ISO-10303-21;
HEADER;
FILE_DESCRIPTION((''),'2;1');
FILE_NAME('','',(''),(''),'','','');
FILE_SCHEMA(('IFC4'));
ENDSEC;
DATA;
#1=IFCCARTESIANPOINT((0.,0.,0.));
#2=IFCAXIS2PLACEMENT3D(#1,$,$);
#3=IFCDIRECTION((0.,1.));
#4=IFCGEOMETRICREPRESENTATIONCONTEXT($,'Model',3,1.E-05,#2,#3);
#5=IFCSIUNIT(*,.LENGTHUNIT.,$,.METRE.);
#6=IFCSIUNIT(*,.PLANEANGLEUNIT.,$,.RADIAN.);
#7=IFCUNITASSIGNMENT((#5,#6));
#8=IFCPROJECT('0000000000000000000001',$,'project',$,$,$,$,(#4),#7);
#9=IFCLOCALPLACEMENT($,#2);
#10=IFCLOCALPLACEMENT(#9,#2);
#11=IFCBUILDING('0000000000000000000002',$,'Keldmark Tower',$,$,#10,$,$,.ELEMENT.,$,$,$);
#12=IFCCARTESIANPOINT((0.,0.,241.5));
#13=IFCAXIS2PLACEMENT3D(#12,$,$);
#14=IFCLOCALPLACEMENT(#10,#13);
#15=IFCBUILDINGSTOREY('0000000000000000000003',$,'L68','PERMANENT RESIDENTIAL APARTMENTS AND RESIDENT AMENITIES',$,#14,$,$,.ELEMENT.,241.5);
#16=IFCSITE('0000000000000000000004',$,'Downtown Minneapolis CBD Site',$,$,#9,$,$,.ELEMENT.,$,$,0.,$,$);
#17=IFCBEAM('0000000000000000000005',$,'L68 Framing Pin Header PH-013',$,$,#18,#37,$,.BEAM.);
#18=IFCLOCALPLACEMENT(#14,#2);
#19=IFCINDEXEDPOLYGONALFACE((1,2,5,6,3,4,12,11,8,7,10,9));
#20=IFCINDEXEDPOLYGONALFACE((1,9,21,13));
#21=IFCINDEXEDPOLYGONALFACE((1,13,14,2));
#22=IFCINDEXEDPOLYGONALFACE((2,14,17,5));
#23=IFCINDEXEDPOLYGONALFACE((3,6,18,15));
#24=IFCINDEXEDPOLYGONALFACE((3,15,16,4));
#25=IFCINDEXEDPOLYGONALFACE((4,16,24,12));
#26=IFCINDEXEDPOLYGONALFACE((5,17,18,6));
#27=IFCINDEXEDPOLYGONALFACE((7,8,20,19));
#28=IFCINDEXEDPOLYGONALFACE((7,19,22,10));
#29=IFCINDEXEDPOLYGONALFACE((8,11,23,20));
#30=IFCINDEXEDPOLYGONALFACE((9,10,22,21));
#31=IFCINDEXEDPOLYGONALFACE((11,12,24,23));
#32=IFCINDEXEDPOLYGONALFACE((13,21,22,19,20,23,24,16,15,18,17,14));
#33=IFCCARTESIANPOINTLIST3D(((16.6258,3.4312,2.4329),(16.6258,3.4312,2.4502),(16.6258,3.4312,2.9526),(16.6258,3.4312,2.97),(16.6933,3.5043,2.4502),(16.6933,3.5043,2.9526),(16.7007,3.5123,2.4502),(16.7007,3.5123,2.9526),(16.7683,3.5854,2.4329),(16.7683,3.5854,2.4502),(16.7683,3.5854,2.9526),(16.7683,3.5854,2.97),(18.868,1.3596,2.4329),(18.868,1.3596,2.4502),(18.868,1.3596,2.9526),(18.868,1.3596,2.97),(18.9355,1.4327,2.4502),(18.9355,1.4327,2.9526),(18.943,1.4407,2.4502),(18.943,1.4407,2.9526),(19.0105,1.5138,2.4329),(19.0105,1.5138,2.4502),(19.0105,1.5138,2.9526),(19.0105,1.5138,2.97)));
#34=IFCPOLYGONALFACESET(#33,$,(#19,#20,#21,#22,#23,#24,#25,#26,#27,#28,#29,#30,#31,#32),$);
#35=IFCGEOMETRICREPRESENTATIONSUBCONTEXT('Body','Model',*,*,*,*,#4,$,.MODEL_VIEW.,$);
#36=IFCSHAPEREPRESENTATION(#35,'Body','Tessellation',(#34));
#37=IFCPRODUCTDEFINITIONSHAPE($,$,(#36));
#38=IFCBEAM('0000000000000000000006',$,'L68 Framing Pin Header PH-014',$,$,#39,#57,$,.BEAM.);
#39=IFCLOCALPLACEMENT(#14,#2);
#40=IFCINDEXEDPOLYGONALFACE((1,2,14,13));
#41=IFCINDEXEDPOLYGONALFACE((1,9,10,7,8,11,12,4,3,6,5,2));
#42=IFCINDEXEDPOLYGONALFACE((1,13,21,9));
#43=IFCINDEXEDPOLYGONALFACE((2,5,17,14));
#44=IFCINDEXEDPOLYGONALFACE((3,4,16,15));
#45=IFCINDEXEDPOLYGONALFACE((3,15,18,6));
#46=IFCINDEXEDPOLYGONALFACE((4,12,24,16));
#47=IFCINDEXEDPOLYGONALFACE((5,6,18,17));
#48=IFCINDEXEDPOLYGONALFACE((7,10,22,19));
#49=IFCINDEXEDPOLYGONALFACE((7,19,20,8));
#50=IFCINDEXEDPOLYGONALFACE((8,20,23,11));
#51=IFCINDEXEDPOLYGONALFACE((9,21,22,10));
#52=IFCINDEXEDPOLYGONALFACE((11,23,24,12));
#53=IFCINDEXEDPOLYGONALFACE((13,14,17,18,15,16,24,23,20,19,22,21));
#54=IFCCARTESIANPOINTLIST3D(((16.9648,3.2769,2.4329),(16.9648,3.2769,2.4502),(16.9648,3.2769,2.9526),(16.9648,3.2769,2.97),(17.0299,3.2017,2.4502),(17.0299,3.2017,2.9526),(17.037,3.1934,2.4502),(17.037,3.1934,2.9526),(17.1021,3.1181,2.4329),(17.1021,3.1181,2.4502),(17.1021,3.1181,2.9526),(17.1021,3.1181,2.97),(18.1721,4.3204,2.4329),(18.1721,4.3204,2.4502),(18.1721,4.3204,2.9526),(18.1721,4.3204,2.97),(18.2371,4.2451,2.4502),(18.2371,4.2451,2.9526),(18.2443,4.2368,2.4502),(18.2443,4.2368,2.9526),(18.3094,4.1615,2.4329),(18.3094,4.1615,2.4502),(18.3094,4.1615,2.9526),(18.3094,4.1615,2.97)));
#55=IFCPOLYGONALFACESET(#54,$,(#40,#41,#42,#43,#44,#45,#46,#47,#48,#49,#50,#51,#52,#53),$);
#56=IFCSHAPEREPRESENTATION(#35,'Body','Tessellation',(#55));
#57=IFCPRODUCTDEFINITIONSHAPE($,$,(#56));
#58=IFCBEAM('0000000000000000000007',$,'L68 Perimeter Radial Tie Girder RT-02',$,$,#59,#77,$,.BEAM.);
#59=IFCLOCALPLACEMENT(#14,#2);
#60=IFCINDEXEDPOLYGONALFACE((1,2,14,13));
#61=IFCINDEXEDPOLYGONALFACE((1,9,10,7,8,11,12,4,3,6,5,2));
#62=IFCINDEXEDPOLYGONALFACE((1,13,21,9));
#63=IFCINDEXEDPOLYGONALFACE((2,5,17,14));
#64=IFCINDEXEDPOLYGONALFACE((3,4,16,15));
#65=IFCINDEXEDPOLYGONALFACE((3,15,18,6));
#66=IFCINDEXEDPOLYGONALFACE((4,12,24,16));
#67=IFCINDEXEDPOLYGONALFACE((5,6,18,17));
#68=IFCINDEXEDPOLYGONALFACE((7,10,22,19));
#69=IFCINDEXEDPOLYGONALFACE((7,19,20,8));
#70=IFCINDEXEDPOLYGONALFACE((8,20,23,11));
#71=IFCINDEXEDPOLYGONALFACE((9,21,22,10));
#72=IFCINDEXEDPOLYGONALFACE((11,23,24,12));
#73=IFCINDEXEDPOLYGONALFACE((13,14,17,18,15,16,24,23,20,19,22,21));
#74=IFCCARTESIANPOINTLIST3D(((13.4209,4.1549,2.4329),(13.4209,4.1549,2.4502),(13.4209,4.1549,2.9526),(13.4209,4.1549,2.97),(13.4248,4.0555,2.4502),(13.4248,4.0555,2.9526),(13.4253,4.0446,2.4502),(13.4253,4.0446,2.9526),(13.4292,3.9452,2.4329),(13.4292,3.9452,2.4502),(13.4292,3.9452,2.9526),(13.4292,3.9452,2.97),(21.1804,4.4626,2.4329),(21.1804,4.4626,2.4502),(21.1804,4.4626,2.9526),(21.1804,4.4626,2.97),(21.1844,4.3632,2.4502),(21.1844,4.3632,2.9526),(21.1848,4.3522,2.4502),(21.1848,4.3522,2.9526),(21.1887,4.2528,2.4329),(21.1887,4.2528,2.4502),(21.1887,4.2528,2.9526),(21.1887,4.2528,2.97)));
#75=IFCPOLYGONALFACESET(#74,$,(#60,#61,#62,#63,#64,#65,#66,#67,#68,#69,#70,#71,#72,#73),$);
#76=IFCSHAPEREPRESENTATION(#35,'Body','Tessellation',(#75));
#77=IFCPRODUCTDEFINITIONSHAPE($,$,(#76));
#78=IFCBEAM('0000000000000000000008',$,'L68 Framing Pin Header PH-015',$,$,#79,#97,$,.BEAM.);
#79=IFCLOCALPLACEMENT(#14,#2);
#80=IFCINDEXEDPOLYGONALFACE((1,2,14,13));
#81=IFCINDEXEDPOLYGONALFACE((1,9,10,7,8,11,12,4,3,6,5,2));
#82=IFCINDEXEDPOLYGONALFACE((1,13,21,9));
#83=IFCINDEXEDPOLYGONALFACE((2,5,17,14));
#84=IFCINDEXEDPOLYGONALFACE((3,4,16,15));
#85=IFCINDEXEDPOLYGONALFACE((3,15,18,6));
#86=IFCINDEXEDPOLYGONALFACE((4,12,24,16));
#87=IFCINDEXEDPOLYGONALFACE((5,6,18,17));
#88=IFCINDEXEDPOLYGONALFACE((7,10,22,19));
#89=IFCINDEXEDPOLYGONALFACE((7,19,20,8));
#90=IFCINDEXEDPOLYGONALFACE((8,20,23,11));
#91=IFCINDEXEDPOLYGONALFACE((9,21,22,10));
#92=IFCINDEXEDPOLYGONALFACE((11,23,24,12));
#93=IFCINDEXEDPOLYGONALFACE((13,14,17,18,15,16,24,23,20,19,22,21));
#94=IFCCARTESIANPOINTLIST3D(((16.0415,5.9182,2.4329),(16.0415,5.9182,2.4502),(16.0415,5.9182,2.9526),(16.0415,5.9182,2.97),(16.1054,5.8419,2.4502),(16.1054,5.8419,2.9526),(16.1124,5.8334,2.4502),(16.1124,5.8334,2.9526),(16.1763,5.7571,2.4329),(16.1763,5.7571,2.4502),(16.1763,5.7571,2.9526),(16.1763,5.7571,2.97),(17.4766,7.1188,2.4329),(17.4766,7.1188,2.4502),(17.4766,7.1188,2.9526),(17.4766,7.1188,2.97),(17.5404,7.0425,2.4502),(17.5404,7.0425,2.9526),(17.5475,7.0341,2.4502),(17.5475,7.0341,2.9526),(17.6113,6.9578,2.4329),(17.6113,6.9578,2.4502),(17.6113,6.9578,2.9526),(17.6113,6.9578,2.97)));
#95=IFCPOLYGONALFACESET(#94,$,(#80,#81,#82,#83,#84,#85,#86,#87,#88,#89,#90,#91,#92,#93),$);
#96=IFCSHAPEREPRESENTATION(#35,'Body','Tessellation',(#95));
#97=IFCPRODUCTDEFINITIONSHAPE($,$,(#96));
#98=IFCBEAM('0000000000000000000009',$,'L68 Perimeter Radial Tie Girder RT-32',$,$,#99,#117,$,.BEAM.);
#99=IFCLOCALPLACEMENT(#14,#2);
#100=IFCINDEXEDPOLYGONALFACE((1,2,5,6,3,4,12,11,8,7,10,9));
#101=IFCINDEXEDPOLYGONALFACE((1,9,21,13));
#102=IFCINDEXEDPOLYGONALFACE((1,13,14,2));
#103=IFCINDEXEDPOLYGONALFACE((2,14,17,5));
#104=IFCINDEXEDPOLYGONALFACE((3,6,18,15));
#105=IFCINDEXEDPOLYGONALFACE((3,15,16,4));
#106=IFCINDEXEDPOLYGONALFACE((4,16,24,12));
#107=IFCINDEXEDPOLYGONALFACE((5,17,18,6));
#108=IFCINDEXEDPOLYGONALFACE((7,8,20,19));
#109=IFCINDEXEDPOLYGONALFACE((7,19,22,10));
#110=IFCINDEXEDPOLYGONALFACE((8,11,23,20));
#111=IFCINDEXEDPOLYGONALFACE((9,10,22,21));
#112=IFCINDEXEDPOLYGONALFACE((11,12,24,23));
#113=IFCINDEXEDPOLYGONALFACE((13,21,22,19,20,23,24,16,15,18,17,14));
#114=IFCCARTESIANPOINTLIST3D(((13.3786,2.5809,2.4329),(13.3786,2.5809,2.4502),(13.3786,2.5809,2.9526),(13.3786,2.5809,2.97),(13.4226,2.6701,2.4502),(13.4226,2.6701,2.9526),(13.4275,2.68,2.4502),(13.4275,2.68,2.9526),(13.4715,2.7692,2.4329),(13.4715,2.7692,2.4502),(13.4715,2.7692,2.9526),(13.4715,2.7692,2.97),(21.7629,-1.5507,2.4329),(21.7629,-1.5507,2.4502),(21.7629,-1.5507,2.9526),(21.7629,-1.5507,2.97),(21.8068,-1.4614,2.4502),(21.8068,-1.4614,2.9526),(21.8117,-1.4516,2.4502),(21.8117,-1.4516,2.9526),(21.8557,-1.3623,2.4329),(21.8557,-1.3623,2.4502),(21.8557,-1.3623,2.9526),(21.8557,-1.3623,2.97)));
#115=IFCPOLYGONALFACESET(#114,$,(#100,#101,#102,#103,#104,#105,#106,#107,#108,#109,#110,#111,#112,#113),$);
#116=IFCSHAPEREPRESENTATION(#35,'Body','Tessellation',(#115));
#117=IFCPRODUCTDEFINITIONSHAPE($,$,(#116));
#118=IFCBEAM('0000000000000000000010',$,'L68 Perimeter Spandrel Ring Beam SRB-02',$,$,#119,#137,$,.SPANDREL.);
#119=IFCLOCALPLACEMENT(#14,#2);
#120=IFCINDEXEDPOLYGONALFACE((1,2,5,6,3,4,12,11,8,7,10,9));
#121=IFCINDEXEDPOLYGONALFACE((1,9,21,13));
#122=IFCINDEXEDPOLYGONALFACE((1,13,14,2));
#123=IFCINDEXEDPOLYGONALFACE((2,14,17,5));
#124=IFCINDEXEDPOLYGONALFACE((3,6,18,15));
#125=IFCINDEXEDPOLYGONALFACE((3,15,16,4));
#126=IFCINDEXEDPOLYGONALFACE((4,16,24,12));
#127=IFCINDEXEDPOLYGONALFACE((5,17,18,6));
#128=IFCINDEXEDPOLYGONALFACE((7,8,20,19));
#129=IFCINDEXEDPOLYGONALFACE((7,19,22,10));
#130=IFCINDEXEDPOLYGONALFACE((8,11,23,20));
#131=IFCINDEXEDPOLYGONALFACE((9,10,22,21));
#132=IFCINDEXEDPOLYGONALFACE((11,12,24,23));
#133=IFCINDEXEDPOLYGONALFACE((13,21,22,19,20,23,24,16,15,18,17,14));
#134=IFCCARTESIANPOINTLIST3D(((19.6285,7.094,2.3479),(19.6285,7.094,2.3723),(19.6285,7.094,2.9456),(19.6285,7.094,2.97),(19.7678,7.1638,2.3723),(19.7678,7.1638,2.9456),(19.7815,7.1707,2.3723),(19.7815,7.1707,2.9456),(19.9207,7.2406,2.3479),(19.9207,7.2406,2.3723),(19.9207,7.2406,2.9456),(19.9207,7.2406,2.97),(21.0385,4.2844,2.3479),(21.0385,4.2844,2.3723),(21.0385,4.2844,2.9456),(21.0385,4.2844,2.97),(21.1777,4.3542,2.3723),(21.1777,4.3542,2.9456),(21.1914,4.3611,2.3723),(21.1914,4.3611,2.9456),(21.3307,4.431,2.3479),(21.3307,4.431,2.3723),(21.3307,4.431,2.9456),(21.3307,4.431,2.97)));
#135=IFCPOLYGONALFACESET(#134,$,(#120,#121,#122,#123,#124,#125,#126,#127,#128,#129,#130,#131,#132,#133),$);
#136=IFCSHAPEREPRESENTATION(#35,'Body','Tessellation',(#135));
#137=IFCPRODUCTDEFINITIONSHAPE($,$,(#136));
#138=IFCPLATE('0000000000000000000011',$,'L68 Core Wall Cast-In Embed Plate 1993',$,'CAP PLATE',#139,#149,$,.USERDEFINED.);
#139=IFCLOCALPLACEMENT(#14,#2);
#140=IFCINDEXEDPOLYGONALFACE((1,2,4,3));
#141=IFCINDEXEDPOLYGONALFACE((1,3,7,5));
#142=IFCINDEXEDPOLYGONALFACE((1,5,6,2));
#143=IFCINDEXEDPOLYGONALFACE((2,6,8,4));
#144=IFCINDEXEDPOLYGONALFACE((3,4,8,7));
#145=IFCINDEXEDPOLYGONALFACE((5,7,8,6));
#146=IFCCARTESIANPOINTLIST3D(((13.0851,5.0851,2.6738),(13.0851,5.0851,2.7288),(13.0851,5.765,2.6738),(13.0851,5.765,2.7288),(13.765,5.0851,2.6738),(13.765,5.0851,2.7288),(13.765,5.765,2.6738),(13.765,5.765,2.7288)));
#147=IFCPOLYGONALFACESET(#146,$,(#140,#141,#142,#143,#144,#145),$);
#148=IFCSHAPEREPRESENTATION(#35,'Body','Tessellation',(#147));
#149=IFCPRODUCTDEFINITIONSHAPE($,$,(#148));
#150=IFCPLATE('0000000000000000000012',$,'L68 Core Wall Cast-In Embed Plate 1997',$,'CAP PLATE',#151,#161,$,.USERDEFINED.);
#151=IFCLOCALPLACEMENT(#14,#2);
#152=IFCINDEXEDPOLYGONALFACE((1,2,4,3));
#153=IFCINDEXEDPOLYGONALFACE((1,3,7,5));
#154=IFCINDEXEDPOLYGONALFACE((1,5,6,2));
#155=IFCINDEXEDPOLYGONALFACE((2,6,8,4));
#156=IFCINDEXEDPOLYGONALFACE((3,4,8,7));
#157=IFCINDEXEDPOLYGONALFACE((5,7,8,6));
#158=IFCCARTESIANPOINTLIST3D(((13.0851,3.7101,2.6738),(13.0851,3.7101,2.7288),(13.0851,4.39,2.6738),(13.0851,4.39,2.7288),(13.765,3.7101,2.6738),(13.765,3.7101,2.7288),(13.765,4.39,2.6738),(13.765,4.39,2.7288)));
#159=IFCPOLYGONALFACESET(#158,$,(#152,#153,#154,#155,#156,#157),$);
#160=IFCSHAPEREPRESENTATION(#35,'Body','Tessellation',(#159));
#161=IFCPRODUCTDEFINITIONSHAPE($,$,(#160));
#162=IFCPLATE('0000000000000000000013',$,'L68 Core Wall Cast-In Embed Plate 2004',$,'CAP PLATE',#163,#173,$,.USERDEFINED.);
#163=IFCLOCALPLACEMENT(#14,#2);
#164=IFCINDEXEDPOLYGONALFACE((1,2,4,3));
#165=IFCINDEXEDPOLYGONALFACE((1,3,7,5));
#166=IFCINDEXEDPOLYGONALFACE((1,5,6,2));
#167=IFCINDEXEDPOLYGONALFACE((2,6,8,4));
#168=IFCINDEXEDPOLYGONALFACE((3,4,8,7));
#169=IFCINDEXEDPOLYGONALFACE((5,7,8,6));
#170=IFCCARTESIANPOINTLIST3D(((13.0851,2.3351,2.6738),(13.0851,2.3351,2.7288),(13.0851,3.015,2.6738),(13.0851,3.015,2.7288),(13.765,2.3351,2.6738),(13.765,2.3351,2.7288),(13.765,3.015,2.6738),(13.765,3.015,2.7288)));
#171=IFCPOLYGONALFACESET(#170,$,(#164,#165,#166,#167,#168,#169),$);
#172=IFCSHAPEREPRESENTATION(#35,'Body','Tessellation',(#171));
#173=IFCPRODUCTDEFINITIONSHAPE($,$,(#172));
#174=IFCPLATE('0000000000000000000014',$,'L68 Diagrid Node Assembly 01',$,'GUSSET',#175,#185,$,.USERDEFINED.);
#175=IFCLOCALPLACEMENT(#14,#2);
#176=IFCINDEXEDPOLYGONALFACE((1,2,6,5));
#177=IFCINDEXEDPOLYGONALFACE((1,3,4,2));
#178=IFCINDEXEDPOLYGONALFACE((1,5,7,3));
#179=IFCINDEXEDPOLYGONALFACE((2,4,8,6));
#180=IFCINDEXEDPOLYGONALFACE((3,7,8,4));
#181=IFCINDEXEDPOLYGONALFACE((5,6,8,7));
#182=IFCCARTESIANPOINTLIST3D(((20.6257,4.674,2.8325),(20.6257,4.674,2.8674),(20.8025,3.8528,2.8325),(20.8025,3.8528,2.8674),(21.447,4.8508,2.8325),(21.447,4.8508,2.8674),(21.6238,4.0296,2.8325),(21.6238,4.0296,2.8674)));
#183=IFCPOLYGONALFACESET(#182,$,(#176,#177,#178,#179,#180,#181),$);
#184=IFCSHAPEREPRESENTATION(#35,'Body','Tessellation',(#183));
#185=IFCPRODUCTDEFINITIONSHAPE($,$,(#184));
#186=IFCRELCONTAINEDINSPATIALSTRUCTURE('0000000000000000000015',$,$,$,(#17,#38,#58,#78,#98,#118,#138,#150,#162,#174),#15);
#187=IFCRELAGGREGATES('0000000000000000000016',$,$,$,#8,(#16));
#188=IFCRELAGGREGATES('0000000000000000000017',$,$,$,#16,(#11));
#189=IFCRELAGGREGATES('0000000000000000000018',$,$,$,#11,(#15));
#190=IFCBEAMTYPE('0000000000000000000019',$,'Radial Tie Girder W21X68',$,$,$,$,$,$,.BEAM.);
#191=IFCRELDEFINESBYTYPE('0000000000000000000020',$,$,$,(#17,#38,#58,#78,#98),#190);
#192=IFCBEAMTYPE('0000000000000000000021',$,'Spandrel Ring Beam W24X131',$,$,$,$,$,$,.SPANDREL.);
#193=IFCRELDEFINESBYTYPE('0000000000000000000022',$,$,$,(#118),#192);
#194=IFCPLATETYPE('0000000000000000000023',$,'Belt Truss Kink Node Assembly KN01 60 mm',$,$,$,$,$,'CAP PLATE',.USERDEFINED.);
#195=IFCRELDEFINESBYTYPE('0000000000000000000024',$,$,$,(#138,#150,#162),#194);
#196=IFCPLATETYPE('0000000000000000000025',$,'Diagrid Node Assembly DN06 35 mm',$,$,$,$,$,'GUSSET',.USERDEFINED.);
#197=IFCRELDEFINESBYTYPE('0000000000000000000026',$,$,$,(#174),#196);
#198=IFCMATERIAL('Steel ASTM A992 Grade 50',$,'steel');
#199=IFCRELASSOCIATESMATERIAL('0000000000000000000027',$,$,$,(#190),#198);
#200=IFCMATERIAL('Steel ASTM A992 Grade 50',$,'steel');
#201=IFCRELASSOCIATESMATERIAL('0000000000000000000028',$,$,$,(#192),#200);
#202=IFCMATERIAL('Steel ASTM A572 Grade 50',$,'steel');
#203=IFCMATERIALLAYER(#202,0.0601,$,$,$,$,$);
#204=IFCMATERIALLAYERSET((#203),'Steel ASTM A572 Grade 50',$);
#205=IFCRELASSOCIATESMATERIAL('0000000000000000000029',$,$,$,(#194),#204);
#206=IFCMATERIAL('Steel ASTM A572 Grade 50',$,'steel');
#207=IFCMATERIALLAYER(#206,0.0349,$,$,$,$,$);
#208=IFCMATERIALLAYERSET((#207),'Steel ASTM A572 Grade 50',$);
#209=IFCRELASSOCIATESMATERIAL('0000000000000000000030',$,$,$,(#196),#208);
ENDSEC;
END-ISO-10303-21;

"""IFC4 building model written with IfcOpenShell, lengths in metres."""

from ifc_helpers import new_model, si_unit, direction, frame, origin, origin_2d, place, context, subcontext, project, spatial, rectangle, i_section, extrude, material, layer, layer_set, material_profile, profile_set, type_object, element, save


model = new_model("IFC4")

# Units and contexts
model_context = context("Model", 3, precision=1e-05, world=origin(), true_north=direction((0.0, 1.0)))
body_context = subcontext(model_context, "Body", "Model", "MODEL_VIEW")
ifc_project = project(units=[si_unit("LENGTHUNIT", "METRE"), si_unit("PLANEANGLEUNIT", "RADIAN")], contexts=[model_context])

# Site, building, storey
site_placement = place(None, origin())
site = spatial("IfcSite", under=ifc_project, at=site_placement, Name="Downtown Minneapolis CBD Site", CompositionType="ELEMENT", RefElevation=0.0)
building_placement = place(site_placement, origin())
building = spatial("IfcBuilding", under=site, at=building_placement, Name="Keldmark Tower", CompositionType="ELEMENT")
storey_placement = place(building_placement, frame((0.0, 0.0, 241.5)))
storey = spatial("IfcBuildingStorey", under=building, at=storey_placement, Name="L68", Description="PERMANENT RESIDENTIAL APARTMENTS AND RESIDENT AMENITIES", CompositionType="ELEMENT", Elevation=241.5)

# Beams
ifc_material_1 = material(Name="Steel ASTM A992 Grade 50", Category="steel")
ifc_material_profile_1 = material_profile(ifc_material_1, i_section(OverallWidth=0.21, OverallDepth=0.5371, WebThickness=0.011, FlangeThickness=0.0173, at=origin_2d()), Name="W21X68")
ifc_profile_set_1 = profile_set([ifc_material_profile_1], Name="Steel ASTM A992 Grade 50")
beam_type_1 = type_object("IfcBeamType", Name="Radial Tie Girder W21X68", PredefinedType="BEAM", material=ifc_profile_set_1)
beam_1_placement = place(storey_placement, frame((16.697, 3.5083, 2.7014), z_axis=(0.734506, -0.678602, 0.0), x_axis=(0.678602, 0.734506, 0.0)))
element("IfcBeam", 1, at=beam_1_placement, inside=storey, type_object=beam_type_1, Name="L68 Framing Pin Header PH-013", PredefinedType="BEAM", context=body_context, shape_type="SweptSolid", body=[
    extrude(i_section(OverallWidth=0.21, OverallDepth=0.5371, WebThickness=0.011, FlangeThickness=0.0173, at=origin_2d()), origin(), (0.0, 0.0, 1.0), 3.0527),
])
beam_2_placement = place(storey_placement, frame((17.0334, 3.1975, 2.7014), z_axis=(0.756572, 0.653911, 0.0), x_axis=(-0.653911, 0.756572, 0.0)))
element("IfcBeam", 2, at=beam_2_placement, inside=storey, type_object=beam_type_1, Name="L68 Framing Pin Header PH-014", PredefinedType="BEAM", context=body_context, shape_type="SweptSolid", body=[
    extrude(i_section(OverallWidth=0.21, OverallDepth=0.5371, WebThickness=0.011, FlangeThickness=0.0173, at=origin_2d()), origin(), (0.0, 0.0, 1.0), 1.5957),
])
beam_3_placement = place(storey_placement, frame((13.425, 4.05, 2.7014), z_axis=(0.999215, 0.039613, 0.0), x_axis=(-0.039613, 0.999215, 0.0)))
element("IfcBeam", 3, at=beam_3_placement, inside=storey, type_object=beam_type_1, Name="L68 Perimeter Radial Tie Girder RT-02", PredefinedType="BEAM", context=body_context, shape_type="SweptSolid", body=[
    extrude(i_section(OverallWidth=0.21, OverallDepth=0.5371, WebThickness=0.011, FlangeThickness=0.0173, at=origin_2d()), origin(), (0.0, 0.0, 1.0), 7.7656),
])
beam_4_placement = place(storey_placement, frame((16.1089, 5.8376, 2.7014), z_axis=(0.766958, 0.641698, 0.0), x_axis=(-0.641698, 0.766958, 0.0)))
element("IfcBeam", 4, at=beam_4_placement, inside=storey, type_object=beam_type_1, Name="L68 Framing Pin Header PH-015", PredefinedType="BEAM", context=body_context, shape_type="SweptSolid", body=[
    extrude(i_section(OverallWidth=0.21, OverallDepth=0.5371, WebThickness=0.011, FlangeThickness=0.0173, at=origin_2d()), origin(), (0.0, 0.0, 1.0), 1.8711),
])
beam_5_placement = place(storey_placement, frame((13.425, 2.675, 2.7014), z_axis=(0.897003, -0.442024, 0.0), x_axis=(0.442024, 0.897003, 0.0)))
element("IfcBeam", 5, at=beam_5_placement, inside=storey, type_object=beam_type_1, Name="L68 Perimeter Radial Tie Girder RT-32", PredefinedType="BEAM", context=body_context, shape_type="SweptSolid", body=[
    extrude(i_section(OverallWidth=0.21, OverallDepth=0.5371, WebThickness=0.011, FlangeThickness=0.0173, at=origin_2d()), origin(), (0.0, 0.0, 1.0), 9.3469),
])
ifc_material_2 = material(Name="Steel ASTM A992 Grade 50", Category="steel")
ifc_material_profile_2 = material_profile(ifc_material_2, i_section(OverallWidth=0.3269, OverallDepth=0.6221, WebThickness=0.0154, FlangeThickness=0.0244, at=origin_2d()), Name="W24X131")
ifc_profile_set_2 = profile_set([ifc_material_profile_2], Name="Steel ASTM A992 Grade 50")
beam_type_2 = type_object("IfcBeamType", Name="Spandrel Ring Beam W24X131", PredefinedType="SPANDREL", material=ifc_profile_set_2)
beam_6_placement = place(storey_placement, frame((21.1846, 4.3577, 2.6589), z_axis=(-0.448518, 0.893774, 0.0), x_axis=(-0.893774, -0.448518, 0.0)))
element("IfcBeam", 6, at=beam_6_placement, inside=storey, type_object=beam_type_2, Name="L68 Perimeter Spandrel Ring Beam SRB-02", PredefinedType="SPANDREL", context=body_context, shape_type="SweptSolid", body=[
    extrude(i_section(OverallWidth=0.3269, OverallDepth=0.6221, WebThickness=0.0154, FlangeThickness=0.0244, at=origin_2d()), origin(), (0.0, 0.0, 1.0), 3.1436),
])

# Plates
ifc_material_3 = material(Name="Steel ASTM A572 Grade 50", Category="steel")
ifc_layer_1 = layer(ifc_material_3, 0.0601)
ifc_layer_set_1 = layer_set([ifc_layer_1], Name="Steel ASTM A572 Grade 50")
plate_type_1 = type_object("IfcPlateType", Name="Belt Truss Kink Node Assembly KN01 60 mm", ElementType="CAP PLATE", PredefinedType="USERDEFINED", material=ifc_layer_set_1)
for number, where, z_axis, x_axis, name in (
    (7, (13.425, 5.425, 2.6738), (0.0, 0.0, 1.0), (1.0, 0.0, 0.0), "L68 Core Wall Cast-In Embed Plate 1993"),
    (8, (13.425, 4.05, 2.6738), (0.0, 0.0, 1.0), (1.0, 0.0, 0.0), "L68 Core Wall Cast-In Embed Plate 1997"),
    (9, (13.425, 2.675, 2.6738), (0.0, 0.0, 1.0), (1.0, 0.0, 0.0), "L68 Core Wall Cast-In Embed Plate 2004"),
):
    element("IfcPlate", number, at=place(storey_placement, frame(where, z_axis=z_axis, x_axis=x_axis)), inside=storey, type_object=plate_type_1, Name=name, ObjectType="CAP PLATE", PredefinedType="USERDEFINED", context=body_context, shape_type="SweptSolid", body=[
        extrude(rectangle(XDim=0.6799, YDim=0.6799, at=origin_2d()), origin(), (0.0, 0.0, 1.0), 0.0549),
    ])
ifc_material_4 = material(Name="Steel ASTM A572 Grade 50", Category="steel")
ifc_layer_2 = layer(ifc_material_4, 0.0349)
ifc_layer_set_2 = layer_set([ifc_layer_2], Name="Steel ASTM A572 Grade 50")
plate_type_2 = type_object("IfcPlateType", Name="Diagrid Node Assembly DN06 35 mm", ElementType="GUSSET", PredefinedType="USERDEFINED", material=ifc_layer_set_2)
plate_placement = place(storey_placement, frame((21.1248, 4.3518, 2.8325), z_axis=(0.0, 0.0, 1.0), x_axis=(-0.210472, 0.9776, 0.0)))
element("IfcPlate", 10, at=plate_placement, inside=storey, type_object=plate_type_2, Name="L68 Diagrid Node Assembly 01", ObjectType="GUSSET", PredefinedType="USERDEFINED", context=body_context, shape_type="SweptSolid", body=[
    extrude(rectangle(XDim=0.8401, YDim=0.8401, at=origin_2d()), origin(), (0.0, 0.0, 1.0), 0.0349),
])

save(model, "model.ifc")
